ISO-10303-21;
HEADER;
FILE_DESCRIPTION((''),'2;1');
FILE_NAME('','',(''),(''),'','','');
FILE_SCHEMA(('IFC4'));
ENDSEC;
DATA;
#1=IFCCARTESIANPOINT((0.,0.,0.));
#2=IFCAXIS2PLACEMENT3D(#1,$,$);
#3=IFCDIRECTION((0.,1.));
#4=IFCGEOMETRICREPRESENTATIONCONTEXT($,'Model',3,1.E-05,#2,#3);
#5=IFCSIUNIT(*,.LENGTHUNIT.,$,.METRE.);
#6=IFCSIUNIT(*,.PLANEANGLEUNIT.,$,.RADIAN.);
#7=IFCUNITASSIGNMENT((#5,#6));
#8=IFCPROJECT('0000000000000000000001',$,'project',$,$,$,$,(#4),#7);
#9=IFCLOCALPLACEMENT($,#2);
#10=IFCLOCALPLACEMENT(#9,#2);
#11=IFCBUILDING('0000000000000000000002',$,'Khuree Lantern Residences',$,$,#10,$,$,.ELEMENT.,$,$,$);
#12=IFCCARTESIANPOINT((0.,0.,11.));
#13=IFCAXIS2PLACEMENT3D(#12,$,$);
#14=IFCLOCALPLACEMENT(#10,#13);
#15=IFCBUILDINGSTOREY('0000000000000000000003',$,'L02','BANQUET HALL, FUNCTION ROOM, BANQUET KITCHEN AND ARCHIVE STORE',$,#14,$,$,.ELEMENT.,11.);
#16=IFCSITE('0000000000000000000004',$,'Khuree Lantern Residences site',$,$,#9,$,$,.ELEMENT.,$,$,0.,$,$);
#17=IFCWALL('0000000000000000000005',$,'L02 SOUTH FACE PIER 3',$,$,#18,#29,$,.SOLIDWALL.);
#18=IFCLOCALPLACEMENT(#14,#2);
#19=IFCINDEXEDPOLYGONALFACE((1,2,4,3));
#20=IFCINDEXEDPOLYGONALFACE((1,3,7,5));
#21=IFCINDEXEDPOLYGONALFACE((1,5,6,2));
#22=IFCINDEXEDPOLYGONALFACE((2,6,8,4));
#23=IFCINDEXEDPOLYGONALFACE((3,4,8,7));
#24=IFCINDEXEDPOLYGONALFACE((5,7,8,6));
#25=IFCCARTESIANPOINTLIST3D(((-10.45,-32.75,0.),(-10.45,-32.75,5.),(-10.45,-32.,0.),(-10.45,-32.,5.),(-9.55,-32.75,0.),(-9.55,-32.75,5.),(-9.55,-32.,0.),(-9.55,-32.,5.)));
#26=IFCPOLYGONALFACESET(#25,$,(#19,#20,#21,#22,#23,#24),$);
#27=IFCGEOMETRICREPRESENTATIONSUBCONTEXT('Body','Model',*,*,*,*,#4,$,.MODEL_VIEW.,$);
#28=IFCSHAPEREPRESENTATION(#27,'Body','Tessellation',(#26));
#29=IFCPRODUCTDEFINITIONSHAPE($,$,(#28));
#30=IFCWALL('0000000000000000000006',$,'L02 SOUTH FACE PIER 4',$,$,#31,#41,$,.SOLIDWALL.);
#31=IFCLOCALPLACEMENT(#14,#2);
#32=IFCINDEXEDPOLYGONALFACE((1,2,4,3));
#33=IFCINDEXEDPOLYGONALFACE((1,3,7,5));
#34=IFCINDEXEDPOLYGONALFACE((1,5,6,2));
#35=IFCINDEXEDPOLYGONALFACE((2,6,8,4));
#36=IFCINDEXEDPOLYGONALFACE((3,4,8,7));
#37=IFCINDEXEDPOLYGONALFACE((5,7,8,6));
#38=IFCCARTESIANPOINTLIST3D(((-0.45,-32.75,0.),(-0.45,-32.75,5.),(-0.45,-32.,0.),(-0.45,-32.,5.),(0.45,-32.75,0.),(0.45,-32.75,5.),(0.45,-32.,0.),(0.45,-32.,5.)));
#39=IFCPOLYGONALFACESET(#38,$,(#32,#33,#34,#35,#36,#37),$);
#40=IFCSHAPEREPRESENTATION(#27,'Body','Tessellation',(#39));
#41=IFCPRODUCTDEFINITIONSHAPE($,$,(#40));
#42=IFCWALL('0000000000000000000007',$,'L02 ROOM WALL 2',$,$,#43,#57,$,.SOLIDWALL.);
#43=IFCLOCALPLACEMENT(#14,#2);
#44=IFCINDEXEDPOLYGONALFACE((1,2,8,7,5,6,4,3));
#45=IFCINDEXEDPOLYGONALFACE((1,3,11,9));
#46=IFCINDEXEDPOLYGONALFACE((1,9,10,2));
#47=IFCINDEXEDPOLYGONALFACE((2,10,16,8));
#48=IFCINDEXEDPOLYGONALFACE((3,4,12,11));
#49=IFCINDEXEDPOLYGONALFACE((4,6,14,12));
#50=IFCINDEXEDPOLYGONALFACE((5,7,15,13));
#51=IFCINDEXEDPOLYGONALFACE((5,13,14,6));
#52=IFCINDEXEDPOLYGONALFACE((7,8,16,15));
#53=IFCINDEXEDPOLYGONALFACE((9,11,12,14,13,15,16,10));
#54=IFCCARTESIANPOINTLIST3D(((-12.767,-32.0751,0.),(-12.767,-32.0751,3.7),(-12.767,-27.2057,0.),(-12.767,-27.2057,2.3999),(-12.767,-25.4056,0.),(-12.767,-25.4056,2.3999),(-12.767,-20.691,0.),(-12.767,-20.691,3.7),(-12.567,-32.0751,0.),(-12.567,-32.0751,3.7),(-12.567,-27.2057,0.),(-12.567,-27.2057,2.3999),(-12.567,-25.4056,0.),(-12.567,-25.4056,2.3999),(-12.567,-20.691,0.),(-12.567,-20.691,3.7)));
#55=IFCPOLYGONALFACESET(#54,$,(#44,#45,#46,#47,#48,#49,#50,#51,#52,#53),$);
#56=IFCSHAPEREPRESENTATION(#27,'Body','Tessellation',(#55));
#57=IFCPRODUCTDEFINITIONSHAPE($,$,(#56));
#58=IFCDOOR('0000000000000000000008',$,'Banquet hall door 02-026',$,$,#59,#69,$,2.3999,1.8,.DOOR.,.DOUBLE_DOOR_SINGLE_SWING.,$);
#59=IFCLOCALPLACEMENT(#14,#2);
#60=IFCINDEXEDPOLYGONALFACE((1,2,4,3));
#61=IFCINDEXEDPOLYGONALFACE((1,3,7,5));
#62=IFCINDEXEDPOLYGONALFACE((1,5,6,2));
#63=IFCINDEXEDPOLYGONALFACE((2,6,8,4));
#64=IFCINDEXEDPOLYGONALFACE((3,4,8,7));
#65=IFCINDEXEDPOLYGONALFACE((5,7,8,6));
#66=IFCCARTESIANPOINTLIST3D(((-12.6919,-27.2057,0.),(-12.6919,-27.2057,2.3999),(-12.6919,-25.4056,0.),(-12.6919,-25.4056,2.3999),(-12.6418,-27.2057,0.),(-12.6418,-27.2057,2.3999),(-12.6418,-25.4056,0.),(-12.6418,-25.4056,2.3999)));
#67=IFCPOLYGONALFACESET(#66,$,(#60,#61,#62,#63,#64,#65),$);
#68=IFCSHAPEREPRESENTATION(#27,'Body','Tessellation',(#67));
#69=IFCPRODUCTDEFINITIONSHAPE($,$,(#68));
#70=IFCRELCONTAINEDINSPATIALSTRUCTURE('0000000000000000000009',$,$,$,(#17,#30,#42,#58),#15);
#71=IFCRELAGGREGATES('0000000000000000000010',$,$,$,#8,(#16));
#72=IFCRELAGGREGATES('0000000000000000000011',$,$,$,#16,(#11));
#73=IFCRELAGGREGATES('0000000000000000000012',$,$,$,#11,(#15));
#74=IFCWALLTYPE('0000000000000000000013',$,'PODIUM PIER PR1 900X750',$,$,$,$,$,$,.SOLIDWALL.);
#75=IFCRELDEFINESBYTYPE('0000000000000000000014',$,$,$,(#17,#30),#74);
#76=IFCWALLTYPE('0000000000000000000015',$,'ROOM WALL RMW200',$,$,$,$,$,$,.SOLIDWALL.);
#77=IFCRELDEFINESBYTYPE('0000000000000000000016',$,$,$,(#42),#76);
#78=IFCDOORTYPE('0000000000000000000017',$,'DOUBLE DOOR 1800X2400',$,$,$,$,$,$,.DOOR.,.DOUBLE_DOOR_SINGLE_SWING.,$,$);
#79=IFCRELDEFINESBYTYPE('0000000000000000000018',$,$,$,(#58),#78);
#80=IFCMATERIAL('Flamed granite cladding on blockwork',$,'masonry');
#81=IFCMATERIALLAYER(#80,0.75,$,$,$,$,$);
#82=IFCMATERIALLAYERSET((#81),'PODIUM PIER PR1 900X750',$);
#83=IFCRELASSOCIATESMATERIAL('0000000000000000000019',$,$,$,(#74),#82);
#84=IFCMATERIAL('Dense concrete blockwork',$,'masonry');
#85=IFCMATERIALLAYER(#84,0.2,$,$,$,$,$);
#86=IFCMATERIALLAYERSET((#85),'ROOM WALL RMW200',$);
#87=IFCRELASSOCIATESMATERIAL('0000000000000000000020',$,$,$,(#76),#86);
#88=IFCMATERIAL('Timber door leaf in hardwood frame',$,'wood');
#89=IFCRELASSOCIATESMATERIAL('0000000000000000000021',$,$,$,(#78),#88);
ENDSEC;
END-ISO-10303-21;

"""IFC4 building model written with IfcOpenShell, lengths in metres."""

from ifc_helpers import new_model, si_unit, direction, frame, frame_2d, origin, place, context, subcontext, project, spatial, rectangle, extrude, material, layer, layer_set, type_object, element, fill, save


model = new_model("IFC4")

# Units and contexts
model_context = context("Model", 3, precision=1e-05, world=origin(), true_north=direction((0.0, 1.0)))
body_context = subcontext(model_context, "Body", "Model", "MODEL_VIEW")
ifc_project = project(units=[si_unit("LENGTHUNIT", "METRE"), si_unit("PLANEANGLEUNIT", "RADIAN")], contexts=[model_context])

# Site, building, storey
site_placement = place(None, origin())
site = spatial("IfcSite", under=ifc_project, at=site_placement, Name="Khuree Lantern Residences site", CompositionType="ELEMENT", RefElevation=0.0)
building_placement = place(site_placement, origin())
building = spatial("IfcBuilding", under=site, at=building_placement, Name="Khuree Lantern Residences", CompositionType="ELEMENT")
storey_placement = place(building_placement, frame((0.0, 0.0, 11.0)))
storey = spatial("IfcBuildingStorey", under=building, at=storey_placement, Name="L02", Description="BANQUET HALL, FUNCTION ROOM, BANQUET KITCHEN AND ARCHIVE STORE", CompositionType="ELEMENT", Elevation=11.0)

# Walls
ifc_material_1 = material(Name="Flamed granite cladding on blockwork", Category="masonry")
ifc_layer_1 = layer(ifc_material_1, 0.75)
ifc_layer_set_1 = layer_set([ifc_layer_1], Name="PODIUM PIER PR1 900X750")
wall_type_1 = type_object("IfcWallType", Name="PODIUM PIER PR1 900X750", PredefinedType="SOLIDWALL", material=ifc_layer_set_1)
for number, where, z_axis, x_axis, name in (
    (1, (-10.45, -32.375, 0.0), (0.0, 0.0, 1.0), (1.0, 0.0, 0.0), "L02 SOUTH FACE PIER 3"),
    (2, (-0.45, -32.375, 0.0), (0.0, 0.0, 1.0), (1.0, 0.0, 0.0), "L02 SOUTH FACE PIER 4"),
):
    element("IfcWall", number, at=place(storey_placement, frame(where, z_axis=z_axis, x_axis=x_axis)), inside=storey, type_object=wall_type_1, Name=name, PredefinedType="SOLIDWALL", context=body_context, shape_type="SweptSolid", body=[
        extrude(rectangle(XDim=0.8999, YDim=0.75, at=frame_2d((0.45, 0.0))), origin(), (0.0, 0.0, 1.0), 5.0),
    ])

# Wall, opening, door
ifc_material_2 = material(Name="Dense concrete blockwork", Category="masonry")
ifc_layer_2 = layer(ifc_material_2, 0.2)
ifc_layer_set_2 = layer_set([ifc_layer_2], Name="ROOM WALL RMW200")
wall_type_2 = type_object("IfcWallType", Name="ROOM WALL RMW200", PredefinedType="SOLIDWALL", material=ifc_layer_set_2)
wall_placement = place(storey_placement, frame((-12.667, -32.075, 0.0), z_axis=(0.0, 0.0, 1.0), x_axis=(0.0, 1.0, 0.0)))
wall = element("IfcWall", 3, at=wall_placement, inside=storey, type_object=wall_type_2, Name="L02 ROOM WALL 2", PredefinedType="SOLIDWALL", context=body_context, shape_type="SweptSolid", body=[
    extrude(rectangle(XDim=11.384, YDim=0.2, at=frame_2d((5.6919, 0.0))), origin(), (0.0, 0.0, 1.0), 3.7),
])
opening_placement = place(wall_placement, frame((4.8694, 0.0, 0.0)))
opening = element("IfcOpeningElement", 4, at=opening_placement, cuts=wall, PredefinedType="OPENING", context=body_context, shape_type="SweptSolid", body=[
    extrude(rectangle(XDim=1.8, YDim=2.3999, at=frame_2d((0.8999, 1.2))), frame((0.0, 0.1099, 0.0), z_axis=(0.0, -1.0, 0.0), x_axis=(1.0, 0.0, 0.0)), (0.0, 0.0, 1.0), 0.22),
])
ifc_material_3 = material(Name="Timber door leaf in hardwood frame", Category="wood")
door_type = type_object("IfcDoorType", Name="DOUBLE DOOR 1800X2400", OperationType="DOUBLE_DOOR_SINGLE_SWING", PredefinedType="DOOR", material=ifc_material_3)
door_placement = place(opening_placement, origin())
door = element("IfcDoor", 5, at=door_placement, inside=storey, type_object=door_type, Name="Banquet hall door 02-026", OperationType="DOUBLE_DOOR_SINGLE_SWING", OverallHeight=2.3999, OverallWidth=1.8, PredefinedType="DOOR", context=body_context, shape_type="SweptSolid", body=[
    extrude(rectangle(XDim=1.8, YDim=2.3999, at=frame_2d((0.8999, 1.2))), frame((0.0, 0.0249, 0.0), z_axis=(0.0, -1.0, 0.0), x_axis=(1.0, 0.0, 0.0)), (0.0, 0.0, 1.0), 0.05),
])
fill(opening, door)

save(model, "model.ifc")
